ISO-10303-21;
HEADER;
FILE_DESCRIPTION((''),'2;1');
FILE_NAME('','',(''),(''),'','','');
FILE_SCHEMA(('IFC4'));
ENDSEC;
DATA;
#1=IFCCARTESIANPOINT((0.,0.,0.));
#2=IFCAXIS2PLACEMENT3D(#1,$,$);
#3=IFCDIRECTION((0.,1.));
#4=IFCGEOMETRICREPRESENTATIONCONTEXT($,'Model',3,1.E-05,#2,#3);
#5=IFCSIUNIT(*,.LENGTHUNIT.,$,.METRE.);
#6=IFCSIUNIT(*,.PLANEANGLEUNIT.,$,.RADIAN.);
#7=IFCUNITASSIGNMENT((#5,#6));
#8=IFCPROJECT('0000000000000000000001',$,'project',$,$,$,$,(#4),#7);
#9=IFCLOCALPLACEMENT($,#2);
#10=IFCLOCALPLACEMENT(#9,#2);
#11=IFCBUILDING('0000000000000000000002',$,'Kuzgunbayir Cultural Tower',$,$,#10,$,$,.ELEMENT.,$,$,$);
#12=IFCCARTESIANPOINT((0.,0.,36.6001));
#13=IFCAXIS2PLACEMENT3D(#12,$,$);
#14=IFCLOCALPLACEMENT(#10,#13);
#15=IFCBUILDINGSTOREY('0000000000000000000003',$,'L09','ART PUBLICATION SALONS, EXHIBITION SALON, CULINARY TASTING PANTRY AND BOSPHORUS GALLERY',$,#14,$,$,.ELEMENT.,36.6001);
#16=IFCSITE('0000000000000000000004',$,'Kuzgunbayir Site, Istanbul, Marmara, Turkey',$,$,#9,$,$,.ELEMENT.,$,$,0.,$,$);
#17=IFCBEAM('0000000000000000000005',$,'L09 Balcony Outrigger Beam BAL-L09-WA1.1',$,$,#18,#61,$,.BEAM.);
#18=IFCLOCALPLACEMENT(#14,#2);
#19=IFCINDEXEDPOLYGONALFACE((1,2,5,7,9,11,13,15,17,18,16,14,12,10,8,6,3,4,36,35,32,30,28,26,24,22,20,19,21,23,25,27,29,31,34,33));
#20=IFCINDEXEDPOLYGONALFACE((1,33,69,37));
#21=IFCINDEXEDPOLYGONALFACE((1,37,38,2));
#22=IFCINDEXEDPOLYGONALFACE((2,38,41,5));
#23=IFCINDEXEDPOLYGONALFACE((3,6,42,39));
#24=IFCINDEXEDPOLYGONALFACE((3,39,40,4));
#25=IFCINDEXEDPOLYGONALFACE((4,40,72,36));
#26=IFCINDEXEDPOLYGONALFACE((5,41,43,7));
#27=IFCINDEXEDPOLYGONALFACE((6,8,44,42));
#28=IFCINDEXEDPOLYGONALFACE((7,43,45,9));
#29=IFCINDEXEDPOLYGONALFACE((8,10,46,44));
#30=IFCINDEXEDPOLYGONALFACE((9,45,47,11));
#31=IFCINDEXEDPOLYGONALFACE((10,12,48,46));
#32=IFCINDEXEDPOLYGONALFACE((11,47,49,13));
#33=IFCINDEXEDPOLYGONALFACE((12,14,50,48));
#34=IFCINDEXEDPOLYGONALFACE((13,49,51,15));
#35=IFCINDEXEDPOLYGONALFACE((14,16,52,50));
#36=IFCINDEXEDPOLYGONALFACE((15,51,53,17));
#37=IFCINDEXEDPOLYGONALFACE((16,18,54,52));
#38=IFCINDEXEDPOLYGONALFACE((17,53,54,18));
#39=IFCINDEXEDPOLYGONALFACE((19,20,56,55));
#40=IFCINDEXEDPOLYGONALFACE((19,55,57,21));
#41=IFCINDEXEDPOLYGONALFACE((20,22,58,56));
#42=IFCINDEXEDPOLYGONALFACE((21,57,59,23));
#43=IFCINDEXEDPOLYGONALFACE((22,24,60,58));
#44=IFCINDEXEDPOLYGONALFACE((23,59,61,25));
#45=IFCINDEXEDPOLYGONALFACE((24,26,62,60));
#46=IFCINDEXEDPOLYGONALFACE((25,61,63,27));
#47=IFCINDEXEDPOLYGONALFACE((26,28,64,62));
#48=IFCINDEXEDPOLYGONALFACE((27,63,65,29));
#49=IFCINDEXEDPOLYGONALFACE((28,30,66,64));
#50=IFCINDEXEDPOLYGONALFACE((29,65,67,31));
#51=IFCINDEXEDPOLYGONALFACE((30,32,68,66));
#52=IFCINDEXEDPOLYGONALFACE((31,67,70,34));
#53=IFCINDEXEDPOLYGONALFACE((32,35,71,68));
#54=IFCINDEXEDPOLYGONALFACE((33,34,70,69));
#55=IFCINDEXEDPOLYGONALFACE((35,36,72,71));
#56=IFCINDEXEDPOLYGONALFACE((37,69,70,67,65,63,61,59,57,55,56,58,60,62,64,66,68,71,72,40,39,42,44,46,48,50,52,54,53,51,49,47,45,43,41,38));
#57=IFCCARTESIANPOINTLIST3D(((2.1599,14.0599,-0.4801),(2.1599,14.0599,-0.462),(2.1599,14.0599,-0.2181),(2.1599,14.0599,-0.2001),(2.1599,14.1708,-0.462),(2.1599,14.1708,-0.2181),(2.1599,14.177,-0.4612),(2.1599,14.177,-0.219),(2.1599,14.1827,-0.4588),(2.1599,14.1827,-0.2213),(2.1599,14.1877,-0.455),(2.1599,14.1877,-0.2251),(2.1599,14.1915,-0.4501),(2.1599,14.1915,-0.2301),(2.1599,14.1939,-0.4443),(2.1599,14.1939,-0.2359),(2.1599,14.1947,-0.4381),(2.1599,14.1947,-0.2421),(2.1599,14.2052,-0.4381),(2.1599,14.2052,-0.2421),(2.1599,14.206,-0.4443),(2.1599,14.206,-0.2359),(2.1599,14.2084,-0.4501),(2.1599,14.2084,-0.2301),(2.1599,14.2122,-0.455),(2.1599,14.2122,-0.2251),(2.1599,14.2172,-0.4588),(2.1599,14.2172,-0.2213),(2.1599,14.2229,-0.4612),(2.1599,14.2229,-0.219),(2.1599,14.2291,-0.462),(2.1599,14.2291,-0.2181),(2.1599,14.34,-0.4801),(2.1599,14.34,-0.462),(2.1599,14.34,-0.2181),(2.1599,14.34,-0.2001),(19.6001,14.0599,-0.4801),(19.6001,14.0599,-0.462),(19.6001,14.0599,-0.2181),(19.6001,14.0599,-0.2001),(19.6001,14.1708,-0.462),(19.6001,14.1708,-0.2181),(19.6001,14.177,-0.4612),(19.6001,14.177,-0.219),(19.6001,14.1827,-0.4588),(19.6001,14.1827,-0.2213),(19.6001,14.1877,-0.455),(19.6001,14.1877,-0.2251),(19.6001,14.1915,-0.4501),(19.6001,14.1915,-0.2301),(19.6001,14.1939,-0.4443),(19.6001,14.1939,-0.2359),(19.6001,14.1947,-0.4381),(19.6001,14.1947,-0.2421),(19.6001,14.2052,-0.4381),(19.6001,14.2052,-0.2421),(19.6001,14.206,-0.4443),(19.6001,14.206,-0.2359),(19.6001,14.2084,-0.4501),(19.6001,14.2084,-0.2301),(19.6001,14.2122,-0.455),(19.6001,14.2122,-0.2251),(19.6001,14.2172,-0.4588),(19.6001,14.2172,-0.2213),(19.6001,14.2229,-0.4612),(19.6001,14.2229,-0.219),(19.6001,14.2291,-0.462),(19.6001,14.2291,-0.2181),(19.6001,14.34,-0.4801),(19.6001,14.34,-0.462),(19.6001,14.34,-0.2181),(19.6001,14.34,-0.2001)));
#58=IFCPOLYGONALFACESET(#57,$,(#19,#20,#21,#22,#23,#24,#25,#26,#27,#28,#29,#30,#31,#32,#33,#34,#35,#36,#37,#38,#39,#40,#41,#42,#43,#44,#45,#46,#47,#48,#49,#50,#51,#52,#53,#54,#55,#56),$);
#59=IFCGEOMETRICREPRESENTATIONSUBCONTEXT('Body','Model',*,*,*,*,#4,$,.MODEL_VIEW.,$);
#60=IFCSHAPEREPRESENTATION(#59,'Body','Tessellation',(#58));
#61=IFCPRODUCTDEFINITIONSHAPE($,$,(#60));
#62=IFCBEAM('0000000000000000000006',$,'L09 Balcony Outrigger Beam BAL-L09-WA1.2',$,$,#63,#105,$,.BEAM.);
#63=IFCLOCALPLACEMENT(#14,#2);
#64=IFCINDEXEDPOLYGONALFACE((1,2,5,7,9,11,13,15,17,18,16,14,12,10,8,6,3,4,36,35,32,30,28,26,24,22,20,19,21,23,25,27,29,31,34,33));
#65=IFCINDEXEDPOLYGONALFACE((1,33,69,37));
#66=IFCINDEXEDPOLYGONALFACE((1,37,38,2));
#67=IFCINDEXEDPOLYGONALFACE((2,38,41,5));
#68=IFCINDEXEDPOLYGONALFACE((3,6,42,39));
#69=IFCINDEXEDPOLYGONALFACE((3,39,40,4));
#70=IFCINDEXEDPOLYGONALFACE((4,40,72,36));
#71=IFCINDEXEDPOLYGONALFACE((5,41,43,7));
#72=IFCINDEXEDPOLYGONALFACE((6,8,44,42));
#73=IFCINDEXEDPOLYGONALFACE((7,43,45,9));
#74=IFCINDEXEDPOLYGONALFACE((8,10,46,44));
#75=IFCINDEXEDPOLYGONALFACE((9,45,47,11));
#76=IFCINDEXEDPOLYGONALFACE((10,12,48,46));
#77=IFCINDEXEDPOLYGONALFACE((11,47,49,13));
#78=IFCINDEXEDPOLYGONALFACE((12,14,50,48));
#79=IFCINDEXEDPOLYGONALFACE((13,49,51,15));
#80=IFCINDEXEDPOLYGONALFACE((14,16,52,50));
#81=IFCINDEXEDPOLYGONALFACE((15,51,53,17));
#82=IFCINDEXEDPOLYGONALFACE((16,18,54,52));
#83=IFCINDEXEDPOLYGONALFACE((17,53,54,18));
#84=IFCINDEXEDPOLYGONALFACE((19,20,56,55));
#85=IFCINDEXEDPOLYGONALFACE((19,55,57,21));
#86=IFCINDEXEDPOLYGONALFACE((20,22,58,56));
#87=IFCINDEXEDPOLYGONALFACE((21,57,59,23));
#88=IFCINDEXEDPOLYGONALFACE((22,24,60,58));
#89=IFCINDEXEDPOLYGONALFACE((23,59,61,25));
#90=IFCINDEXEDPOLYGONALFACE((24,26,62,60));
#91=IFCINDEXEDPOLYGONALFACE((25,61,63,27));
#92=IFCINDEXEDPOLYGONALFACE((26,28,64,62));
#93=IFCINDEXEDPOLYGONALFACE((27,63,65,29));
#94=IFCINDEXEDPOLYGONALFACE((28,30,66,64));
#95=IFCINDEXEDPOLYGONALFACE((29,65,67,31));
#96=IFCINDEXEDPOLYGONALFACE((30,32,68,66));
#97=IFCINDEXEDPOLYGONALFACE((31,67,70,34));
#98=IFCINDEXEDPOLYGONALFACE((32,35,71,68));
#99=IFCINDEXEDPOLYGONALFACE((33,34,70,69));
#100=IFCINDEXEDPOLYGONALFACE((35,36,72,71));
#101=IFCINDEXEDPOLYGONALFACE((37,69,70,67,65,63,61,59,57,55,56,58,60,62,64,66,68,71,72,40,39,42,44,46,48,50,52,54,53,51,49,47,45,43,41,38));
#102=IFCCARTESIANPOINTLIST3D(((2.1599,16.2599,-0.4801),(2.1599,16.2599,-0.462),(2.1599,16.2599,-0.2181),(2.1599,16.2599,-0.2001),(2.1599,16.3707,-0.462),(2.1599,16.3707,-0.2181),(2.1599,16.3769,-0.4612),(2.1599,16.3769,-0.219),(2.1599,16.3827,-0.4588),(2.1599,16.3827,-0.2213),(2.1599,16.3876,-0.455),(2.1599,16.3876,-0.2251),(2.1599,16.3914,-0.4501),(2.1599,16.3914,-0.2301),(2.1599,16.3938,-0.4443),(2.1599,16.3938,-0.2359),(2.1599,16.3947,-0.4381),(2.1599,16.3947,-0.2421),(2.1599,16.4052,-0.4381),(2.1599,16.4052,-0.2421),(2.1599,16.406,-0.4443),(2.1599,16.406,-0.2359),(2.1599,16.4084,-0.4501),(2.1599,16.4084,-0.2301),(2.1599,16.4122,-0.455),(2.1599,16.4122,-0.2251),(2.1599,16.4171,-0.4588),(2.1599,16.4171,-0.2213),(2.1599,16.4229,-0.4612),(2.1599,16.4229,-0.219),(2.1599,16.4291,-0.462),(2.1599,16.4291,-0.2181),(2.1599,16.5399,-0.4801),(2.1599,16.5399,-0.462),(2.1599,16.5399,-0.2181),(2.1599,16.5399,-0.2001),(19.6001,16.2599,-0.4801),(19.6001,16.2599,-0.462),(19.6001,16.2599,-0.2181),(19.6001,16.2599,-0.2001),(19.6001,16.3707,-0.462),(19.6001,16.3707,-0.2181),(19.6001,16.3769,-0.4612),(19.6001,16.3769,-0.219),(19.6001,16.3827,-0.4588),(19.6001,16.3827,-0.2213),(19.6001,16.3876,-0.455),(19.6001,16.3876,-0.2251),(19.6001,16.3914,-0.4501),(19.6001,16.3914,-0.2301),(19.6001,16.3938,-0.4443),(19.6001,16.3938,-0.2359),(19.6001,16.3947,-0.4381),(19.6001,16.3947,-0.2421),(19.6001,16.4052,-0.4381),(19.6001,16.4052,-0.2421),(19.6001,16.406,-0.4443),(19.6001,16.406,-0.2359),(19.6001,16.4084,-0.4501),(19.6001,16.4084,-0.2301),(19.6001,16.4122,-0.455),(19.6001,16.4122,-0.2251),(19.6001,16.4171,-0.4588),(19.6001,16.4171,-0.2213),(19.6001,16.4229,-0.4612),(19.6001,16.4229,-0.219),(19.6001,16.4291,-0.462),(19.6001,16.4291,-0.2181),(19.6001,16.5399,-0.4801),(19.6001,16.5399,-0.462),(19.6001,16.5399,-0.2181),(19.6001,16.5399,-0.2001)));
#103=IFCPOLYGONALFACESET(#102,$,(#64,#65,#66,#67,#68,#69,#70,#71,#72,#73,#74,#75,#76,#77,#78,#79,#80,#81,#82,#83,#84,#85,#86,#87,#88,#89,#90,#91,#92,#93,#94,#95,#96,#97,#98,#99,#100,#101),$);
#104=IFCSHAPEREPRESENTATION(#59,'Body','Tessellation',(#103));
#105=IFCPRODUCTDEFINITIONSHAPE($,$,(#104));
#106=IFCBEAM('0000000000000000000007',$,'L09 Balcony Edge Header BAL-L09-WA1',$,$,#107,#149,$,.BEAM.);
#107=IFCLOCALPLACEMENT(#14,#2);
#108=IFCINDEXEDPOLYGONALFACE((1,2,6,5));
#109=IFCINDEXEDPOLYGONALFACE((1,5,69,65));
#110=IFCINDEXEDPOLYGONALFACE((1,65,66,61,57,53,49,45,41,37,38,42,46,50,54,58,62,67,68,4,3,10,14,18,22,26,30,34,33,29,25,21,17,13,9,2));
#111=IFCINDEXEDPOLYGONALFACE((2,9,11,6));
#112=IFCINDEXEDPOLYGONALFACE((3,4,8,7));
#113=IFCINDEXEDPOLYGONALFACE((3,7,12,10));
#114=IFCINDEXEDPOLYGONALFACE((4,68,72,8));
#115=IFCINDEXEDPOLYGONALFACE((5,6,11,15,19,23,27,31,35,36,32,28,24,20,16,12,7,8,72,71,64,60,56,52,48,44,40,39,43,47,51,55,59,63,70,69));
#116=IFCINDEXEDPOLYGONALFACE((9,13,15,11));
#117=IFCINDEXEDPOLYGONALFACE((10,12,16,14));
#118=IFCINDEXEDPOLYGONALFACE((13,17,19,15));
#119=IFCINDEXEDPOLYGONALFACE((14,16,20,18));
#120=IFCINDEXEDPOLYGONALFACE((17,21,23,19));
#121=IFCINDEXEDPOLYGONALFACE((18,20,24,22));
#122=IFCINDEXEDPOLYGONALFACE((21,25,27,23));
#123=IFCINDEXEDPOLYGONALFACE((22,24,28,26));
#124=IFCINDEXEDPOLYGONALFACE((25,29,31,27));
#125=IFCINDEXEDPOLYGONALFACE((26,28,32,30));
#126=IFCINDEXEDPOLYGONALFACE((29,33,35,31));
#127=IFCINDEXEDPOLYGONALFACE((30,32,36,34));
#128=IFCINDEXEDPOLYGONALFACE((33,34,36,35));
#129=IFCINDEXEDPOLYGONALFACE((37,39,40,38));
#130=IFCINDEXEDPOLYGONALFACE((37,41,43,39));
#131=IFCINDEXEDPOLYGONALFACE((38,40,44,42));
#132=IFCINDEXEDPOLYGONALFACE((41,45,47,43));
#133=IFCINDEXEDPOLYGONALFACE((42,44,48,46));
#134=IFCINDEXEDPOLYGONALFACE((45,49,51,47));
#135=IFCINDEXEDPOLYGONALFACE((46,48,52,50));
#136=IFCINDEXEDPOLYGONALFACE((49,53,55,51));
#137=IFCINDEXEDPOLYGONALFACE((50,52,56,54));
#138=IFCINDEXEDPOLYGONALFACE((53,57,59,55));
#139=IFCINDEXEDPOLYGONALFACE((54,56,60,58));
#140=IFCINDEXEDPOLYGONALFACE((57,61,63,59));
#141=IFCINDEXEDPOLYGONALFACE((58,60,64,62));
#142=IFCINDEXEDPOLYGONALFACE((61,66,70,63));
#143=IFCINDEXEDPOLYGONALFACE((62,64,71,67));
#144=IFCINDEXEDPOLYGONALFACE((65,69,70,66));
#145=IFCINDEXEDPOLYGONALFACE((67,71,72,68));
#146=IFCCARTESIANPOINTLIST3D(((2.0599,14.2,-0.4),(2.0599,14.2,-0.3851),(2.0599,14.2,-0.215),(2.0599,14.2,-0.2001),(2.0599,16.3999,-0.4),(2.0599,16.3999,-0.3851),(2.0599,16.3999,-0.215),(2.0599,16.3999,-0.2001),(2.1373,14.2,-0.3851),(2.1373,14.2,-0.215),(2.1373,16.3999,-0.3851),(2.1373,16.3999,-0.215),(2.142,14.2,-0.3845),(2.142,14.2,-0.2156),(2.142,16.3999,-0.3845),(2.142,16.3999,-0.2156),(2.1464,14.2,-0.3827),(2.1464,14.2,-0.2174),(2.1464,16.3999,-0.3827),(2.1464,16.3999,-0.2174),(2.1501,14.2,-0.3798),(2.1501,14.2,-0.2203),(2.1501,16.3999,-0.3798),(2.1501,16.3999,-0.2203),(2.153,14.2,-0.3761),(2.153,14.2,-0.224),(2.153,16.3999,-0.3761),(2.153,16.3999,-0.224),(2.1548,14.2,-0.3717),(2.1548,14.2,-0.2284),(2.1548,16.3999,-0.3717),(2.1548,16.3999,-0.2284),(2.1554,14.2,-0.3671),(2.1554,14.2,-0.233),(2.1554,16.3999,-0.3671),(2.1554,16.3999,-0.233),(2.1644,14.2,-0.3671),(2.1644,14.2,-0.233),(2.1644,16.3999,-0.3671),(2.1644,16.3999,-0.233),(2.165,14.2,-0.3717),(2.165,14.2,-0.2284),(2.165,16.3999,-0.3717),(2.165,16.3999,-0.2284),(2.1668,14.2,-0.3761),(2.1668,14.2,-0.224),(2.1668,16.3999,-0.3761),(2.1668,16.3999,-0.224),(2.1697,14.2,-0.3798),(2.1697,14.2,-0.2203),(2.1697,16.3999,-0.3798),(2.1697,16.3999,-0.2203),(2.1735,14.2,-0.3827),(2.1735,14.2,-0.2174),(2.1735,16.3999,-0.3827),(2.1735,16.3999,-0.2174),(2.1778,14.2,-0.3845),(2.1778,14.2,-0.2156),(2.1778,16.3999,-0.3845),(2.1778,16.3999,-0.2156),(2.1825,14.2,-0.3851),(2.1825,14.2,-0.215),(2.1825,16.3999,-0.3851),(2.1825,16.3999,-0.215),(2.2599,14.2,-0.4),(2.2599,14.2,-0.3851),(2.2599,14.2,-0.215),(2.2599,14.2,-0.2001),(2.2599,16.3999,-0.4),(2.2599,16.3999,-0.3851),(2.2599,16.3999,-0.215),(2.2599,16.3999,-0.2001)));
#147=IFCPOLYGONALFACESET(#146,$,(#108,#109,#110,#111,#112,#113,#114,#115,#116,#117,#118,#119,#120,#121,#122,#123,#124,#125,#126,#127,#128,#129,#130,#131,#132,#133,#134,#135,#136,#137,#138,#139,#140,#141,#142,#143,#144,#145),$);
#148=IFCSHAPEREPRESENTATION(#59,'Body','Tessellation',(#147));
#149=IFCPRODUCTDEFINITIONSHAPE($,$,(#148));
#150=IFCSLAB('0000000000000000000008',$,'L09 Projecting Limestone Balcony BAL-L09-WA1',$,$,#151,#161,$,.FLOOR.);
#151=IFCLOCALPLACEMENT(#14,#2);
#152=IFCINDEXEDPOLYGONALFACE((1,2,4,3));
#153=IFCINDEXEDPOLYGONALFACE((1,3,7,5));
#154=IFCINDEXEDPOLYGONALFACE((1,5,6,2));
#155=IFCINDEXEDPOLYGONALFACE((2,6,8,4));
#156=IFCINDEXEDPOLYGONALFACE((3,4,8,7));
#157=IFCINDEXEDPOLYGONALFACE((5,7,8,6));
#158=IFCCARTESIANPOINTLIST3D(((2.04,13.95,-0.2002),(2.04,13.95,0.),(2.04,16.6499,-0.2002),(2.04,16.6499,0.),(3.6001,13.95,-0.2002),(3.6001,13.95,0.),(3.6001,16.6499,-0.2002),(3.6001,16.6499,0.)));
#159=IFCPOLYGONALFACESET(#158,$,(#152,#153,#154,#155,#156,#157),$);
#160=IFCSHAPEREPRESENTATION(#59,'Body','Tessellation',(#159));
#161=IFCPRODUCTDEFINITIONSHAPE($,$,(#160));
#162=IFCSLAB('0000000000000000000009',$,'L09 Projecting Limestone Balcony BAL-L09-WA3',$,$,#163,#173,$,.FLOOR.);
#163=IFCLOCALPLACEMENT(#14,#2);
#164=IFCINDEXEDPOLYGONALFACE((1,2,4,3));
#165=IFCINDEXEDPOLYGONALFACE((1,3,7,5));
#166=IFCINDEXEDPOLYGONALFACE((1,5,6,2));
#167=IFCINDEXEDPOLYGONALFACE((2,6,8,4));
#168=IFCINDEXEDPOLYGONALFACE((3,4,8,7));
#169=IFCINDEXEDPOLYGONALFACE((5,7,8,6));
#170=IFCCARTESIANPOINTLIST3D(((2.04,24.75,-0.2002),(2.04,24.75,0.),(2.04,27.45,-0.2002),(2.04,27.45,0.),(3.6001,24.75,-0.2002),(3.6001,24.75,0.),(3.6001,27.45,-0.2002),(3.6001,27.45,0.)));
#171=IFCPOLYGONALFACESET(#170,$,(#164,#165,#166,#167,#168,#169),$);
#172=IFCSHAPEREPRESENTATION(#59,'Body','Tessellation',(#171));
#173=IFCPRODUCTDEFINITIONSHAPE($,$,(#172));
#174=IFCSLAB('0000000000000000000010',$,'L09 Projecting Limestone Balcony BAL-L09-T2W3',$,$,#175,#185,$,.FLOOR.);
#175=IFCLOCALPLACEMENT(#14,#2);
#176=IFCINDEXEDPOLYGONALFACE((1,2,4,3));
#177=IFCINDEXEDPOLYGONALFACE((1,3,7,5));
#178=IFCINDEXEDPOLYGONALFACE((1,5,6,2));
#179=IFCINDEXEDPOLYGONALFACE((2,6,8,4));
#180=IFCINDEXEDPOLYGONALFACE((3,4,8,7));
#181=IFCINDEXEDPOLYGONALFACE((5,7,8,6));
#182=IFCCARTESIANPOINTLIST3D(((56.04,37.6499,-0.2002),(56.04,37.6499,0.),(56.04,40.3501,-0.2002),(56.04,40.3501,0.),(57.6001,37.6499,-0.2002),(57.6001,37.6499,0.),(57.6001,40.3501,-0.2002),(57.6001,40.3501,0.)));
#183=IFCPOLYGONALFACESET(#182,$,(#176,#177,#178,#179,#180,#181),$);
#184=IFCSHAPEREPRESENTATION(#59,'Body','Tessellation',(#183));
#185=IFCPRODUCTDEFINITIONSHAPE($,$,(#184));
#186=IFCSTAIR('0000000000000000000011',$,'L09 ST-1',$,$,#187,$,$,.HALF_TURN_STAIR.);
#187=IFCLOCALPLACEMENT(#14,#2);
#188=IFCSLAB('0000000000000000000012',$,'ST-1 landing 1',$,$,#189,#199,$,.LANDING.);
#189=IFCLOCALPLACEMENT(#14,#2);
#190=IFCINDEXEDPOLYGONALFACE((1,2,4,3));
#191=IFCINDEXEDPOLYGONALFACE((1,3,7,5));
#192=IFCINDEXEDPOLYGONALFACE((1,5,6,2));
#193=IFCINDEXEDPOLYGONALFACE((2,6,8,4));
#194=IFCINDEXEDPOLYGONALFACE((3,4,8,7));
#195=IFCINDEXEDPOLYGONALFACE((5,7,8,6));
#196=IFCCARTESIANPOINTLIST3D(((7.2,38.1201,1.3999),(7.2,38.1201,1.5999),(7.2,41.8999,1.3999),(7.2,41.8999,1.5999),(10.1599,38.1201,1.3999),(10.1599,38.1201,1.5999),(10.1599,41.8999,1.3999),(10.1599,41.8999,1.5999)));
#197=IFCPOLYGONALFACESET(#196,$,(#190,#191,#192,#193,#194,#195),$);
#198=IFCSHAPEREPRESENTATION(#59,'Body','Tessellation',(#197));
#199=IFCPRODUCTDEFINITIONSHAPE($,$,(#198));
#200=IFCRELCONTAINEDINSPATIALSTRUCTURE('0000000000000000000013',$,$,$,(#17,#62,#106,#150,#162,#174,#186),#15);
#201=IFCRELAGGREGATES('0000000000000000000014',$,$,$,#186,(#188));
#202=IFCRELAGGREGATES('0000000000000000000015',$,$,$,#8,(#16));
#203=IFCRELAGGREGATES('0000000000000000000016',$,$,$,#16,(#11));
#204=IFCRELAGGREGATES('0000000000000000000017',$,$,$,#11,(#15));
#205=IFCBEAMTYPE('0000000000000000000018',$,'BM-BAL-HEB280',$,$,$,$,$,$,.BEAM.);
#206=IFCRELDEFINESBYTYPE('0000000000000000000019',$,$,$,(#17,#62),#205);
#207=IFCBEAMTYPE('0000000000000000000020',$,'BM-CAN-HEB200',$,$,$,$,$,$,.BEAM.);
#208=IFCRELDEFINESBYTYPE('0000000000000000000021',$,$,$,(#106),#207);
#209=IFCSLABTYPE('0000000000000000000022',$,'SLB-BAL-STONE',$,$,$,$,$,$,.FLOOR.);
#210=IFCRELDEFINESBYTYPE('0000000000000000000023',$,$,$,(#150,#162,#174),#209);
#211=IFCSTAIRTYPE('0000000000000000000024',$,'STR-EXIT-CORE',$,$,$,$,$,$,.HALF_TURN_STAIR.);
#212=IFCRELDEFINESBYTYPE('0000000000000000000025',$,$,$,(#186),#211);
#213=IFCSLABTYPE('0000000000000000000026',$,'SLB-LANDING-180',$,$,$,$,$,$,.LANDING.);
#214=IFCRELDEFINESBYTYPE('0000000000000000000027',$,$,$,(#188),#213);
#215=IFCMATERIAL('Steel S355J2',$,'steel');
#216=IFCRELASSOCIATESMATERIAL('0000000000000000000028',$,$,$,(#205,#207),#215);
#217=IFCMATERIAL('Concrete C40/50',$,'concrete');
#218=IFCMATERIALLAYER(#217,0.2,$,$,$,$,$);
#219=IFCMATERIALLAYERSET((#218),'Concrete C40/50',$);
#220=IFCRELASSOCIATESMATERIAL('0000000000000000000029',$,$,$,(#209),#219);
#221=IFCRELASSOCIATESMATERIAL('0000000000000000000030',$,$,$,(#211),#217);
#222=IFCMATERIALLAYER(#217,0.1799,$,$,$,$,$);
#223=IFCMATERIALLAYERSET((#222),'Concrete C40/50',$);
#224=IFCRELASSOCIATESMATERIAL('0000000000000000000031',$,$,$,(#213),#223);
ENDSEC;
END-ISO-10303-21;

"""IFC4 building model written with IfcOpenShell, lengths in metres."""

from ifc_helpers import new_model, si_unit, direction, frame, origin, origin_2d, place, context, subcontext, project, spatial, polyline, i_section, outline, extrude, material, layer, layer_set, material_profile, profile_set, type_object, element, aggregate, save


model = new_model("IFC4")

# Units and contexts
model_context = context("Model", 3, precision=1e-05, world=origin(), true_north=direction((0.0, 1.0)))
body_context = subcontext(model_context, "Body", "Model", "MODEL_VIEW")
ifc_project = project(units=[si_unit("LENGTHUNIT", "METRE"), si_unit("PLANEANGLEUNIT", "RADIAN")], contexts=[model_context])

# Site, building, storey
site_placement = place(None, origin())
site = spatial("IfcSite", under=ifc_project, at=site_placement, Name="Kuzgunbayir Site, Istanbul, Marmara, Turkey", CompositionType="ELEMENT", RefElevation=0.0)
building_placement = place(site_placement, origin())
building = spatial("IfcBuilding", under=site, at=building_placement, Name="Kuzgunbayir Cultural Tower", CompositionType="ELEMENT")
storey_placement = place(building_placement, frame((0.0, 0.0, 36.6001)))
storey = spatial("IfcBuildingStorey", under=building, at=storey_placement, Name="L09", Description="ART PUBLICATION SALONS, EXHIBITION SALON, CULINARY TASTING PANTRY AND BOSPHORUS GALLERY", CompositionType="ELEMENT", Elevation=36.6001)

# Beams
ifc_material_1 = material(Name="Steel S355J2", Category="steel")
ifc_material_profile_1 = material_profile(ifc_material_1, i_section(OverallWidth=0.28, OverallDepth=0.28, WebThickness=0.0105, FlangeThickness=0.0181, FilletRadius=0.0239, at=origin_2d()), Name="HEB 280")
ifc_profile_set_1 = profile_set([ifc_material_profile_1], Name="Steel S355J2")
beam_type_1 = type_object("IfcBeamType", Name="BM-BAL-HEB280", PredefinedType="BEAM", material=ifc_profile_set_1)
for number, where, z_axis, x_axis, name in (
    (1, (2.1599, 14.2, -0.3401), (1.0, 0.0, 0.0), (0.0, 1.0, 0.0), "L09 Balcony Outrigger Beam BAL-L09-WA1.1"),
    (2, (2.1599, 16.3999, -0.3401), (1.0, 0.0, 0.0), (0.0, 1.0, 0.0), "L09 Balcony Outrigger Beam BAL-L09-WA1.2"),
):
    element("IfcBeam", number, at=place(storey_placement, frame(where, z_axis=z_axis, x_axis=x_axis)), inside=storey, type_object=beam_type_1, Name=name, PredefinedType="BEAM", context=body_context, shape_type="SweptSolid", body=[
        extrude(i_section(OverallWidth=0.28, OverallDepth=0.28, WebThickness=0.0105, FlangeThickness=0.0181, FilletRadius=0.0239, at=origin_2d()), origin(), (0.0, 0.0, 1.0), 17.4402),
    ])
ifc_material_profile_2 = material_profile(ifc_material_1, i_section(OverallWidth=0.2, OverallDepth=0.2, WebThickness=0.009, FlangeThickness=0.0149, FilletRadius=0.0181, at=origin_2d()), Name="HEB 200")
ifc_profile_set_2 = profile_set([ifc_material_profile_2], Name="Steel S355J2")
beam_type_2 = type_object("IfcBeamType", Name="BM-CAN-HEB200", PredefinedType="BEAM", material=ifc_profile_set_2)
beam_placement = place(storey_placement, frame((2.1599, 14.2, -0.3), z_axis=(0.0, 1.0, 0.0), x_axis=(-1.0, 0.0, 0.0)))
element("IfcBeam", 3, at=beam_placement, inside=storey, type_object=beam_type_2, Name="L09 Balcony Edge Header BAL-L09-WA1", PredefinedType="BEAM", context=body_context, shape_type="SweptSolid", body=[
    extrude(i_section(OverallWidth=0.2, OverallDepth=0.2, WebThickness=0.009, FlangeThickness=0.0149, FilletRadius=0.0181, at=origin_2d()), origin(), (0.0, 0.0, 1.0), 2.2),
])

# Slabs
ifc_material_2 = material(Name="Concrete C40/50", Category="concrete")
ifc_layer_1 = layer(ifc_material_2, 0.2)
ifc_layer_set_1 = layer_set([ifc_layer_1], Name="Concrete C40/50")
slab_type_1 = type_object("IfcSlabType", Name="SLB-BAL-STONE", PredefinedType="FLOOR", material=ifc_layer_set_1)
slab_1_placement = place(storey_placement, frame((0.0, 0.0, -0.2002)))
element("IfcSlab", 4, at=slab_1_placement, inside=storey, type_object=slab_type_1, Name="L09 Projecting Limestone Balcony BAL-L09-WA1", PredefinedType="FLOOR", context=body_context, shape_type="SweptSolid", body=[
    extrude(outline(polyline([(2.04, 13.95), (3.6001, 13.95), (3.6001, 16.6499), (2.04, 16.6499), (2.04, 13.95)])), origin(), (0.0, 0.0, 1.0), 0.2002),
])
slab_2_placement = place(storey_placement, frame((0.0, 0.0, -0.2002)))
element("IfcSlab", 5, at=slab_2_placement, inside=storey, type_object=slab_type_1, Name="L09 Projecting Limestone Balcony BAL-L09-WA3", PredefinedType="FLOOR", context=body_context, shape_type="SweptSolid", body=[
    extrude(outline(polyline([(2.04, 24.75), (3.6001, 24.75), (3.6001, 27.45), (2.04, 27.45), (2.04, 24.75)])), origin(), (0.0, 0.0, 1.0), 0.2002),
])
slab_3_placement = place(storey_placement, frame((0.0, 0.0, -0.2002)))
element("IfcSlab", 6, at=slab_3_placement, inside=storey, type_object=slab_type_1, Name="L09 Projecting Limestone Balcony BAL-L09-T2W3", PredefinedType="FLOOR", context=body_context, shape_type="SweptSolid", body=[
    extrude(outline(polyline([(56.04, 37.6499), (57.6001, 37.6499), (57.6001, 40.3501), (56.04, 40.3501), (56.04, 37.6499)])), origin(), (0.0, 0.0, 1.0), 0.2002),
])

# Stair, slab
stair_type = type_object("IfcStairType", Name="STR-EXIT-CORE", PredefinedType="HALF_TURN_STAIR", material=ifc_material_2)
stair_1_placement = place(storey_placement, origin())
stair_1 = element("IfcStair", 7, at=stair_1_placement, inside=storey, type_object=stair_type, Name="L09 ST-1", PredefinedType="HALF_TURN_STAIR")
ifc_layer_2 = layer(ifc_material_2, 0.1799)
ifc_layer_set_2 = layer_set([ifc_layer_2], Name="Concrete C40/50")
slab_type_2 = type_object("IfcSlabType", Name="SLB-LANDING-180", PredefinedType="LANDING", material=ifc_layer_set_2)
slab_4_placement = place(storey_placement, frame((0.0, 0.0, 1.3999)))
slab_4 = element("IfcSlab", 8, at=slab_4_placement, type_object=slab_type_2, Name="ST-1 landing 1", PredefinedType="LANDING", context=body_context, shape_type="SweptSolid", body=[
    extrude(outline(polyline([(10.1599, 38.1201), (10.1599, 41.8999), (7.2, 41.8999), (7.2, 38.1201), (10.1599, 38.1201)])), origin(), (0.0, 0.0, 1.0), 0.2),
])
aggregate(stair_1, [slab_4])

save(model, "model.ifc")
